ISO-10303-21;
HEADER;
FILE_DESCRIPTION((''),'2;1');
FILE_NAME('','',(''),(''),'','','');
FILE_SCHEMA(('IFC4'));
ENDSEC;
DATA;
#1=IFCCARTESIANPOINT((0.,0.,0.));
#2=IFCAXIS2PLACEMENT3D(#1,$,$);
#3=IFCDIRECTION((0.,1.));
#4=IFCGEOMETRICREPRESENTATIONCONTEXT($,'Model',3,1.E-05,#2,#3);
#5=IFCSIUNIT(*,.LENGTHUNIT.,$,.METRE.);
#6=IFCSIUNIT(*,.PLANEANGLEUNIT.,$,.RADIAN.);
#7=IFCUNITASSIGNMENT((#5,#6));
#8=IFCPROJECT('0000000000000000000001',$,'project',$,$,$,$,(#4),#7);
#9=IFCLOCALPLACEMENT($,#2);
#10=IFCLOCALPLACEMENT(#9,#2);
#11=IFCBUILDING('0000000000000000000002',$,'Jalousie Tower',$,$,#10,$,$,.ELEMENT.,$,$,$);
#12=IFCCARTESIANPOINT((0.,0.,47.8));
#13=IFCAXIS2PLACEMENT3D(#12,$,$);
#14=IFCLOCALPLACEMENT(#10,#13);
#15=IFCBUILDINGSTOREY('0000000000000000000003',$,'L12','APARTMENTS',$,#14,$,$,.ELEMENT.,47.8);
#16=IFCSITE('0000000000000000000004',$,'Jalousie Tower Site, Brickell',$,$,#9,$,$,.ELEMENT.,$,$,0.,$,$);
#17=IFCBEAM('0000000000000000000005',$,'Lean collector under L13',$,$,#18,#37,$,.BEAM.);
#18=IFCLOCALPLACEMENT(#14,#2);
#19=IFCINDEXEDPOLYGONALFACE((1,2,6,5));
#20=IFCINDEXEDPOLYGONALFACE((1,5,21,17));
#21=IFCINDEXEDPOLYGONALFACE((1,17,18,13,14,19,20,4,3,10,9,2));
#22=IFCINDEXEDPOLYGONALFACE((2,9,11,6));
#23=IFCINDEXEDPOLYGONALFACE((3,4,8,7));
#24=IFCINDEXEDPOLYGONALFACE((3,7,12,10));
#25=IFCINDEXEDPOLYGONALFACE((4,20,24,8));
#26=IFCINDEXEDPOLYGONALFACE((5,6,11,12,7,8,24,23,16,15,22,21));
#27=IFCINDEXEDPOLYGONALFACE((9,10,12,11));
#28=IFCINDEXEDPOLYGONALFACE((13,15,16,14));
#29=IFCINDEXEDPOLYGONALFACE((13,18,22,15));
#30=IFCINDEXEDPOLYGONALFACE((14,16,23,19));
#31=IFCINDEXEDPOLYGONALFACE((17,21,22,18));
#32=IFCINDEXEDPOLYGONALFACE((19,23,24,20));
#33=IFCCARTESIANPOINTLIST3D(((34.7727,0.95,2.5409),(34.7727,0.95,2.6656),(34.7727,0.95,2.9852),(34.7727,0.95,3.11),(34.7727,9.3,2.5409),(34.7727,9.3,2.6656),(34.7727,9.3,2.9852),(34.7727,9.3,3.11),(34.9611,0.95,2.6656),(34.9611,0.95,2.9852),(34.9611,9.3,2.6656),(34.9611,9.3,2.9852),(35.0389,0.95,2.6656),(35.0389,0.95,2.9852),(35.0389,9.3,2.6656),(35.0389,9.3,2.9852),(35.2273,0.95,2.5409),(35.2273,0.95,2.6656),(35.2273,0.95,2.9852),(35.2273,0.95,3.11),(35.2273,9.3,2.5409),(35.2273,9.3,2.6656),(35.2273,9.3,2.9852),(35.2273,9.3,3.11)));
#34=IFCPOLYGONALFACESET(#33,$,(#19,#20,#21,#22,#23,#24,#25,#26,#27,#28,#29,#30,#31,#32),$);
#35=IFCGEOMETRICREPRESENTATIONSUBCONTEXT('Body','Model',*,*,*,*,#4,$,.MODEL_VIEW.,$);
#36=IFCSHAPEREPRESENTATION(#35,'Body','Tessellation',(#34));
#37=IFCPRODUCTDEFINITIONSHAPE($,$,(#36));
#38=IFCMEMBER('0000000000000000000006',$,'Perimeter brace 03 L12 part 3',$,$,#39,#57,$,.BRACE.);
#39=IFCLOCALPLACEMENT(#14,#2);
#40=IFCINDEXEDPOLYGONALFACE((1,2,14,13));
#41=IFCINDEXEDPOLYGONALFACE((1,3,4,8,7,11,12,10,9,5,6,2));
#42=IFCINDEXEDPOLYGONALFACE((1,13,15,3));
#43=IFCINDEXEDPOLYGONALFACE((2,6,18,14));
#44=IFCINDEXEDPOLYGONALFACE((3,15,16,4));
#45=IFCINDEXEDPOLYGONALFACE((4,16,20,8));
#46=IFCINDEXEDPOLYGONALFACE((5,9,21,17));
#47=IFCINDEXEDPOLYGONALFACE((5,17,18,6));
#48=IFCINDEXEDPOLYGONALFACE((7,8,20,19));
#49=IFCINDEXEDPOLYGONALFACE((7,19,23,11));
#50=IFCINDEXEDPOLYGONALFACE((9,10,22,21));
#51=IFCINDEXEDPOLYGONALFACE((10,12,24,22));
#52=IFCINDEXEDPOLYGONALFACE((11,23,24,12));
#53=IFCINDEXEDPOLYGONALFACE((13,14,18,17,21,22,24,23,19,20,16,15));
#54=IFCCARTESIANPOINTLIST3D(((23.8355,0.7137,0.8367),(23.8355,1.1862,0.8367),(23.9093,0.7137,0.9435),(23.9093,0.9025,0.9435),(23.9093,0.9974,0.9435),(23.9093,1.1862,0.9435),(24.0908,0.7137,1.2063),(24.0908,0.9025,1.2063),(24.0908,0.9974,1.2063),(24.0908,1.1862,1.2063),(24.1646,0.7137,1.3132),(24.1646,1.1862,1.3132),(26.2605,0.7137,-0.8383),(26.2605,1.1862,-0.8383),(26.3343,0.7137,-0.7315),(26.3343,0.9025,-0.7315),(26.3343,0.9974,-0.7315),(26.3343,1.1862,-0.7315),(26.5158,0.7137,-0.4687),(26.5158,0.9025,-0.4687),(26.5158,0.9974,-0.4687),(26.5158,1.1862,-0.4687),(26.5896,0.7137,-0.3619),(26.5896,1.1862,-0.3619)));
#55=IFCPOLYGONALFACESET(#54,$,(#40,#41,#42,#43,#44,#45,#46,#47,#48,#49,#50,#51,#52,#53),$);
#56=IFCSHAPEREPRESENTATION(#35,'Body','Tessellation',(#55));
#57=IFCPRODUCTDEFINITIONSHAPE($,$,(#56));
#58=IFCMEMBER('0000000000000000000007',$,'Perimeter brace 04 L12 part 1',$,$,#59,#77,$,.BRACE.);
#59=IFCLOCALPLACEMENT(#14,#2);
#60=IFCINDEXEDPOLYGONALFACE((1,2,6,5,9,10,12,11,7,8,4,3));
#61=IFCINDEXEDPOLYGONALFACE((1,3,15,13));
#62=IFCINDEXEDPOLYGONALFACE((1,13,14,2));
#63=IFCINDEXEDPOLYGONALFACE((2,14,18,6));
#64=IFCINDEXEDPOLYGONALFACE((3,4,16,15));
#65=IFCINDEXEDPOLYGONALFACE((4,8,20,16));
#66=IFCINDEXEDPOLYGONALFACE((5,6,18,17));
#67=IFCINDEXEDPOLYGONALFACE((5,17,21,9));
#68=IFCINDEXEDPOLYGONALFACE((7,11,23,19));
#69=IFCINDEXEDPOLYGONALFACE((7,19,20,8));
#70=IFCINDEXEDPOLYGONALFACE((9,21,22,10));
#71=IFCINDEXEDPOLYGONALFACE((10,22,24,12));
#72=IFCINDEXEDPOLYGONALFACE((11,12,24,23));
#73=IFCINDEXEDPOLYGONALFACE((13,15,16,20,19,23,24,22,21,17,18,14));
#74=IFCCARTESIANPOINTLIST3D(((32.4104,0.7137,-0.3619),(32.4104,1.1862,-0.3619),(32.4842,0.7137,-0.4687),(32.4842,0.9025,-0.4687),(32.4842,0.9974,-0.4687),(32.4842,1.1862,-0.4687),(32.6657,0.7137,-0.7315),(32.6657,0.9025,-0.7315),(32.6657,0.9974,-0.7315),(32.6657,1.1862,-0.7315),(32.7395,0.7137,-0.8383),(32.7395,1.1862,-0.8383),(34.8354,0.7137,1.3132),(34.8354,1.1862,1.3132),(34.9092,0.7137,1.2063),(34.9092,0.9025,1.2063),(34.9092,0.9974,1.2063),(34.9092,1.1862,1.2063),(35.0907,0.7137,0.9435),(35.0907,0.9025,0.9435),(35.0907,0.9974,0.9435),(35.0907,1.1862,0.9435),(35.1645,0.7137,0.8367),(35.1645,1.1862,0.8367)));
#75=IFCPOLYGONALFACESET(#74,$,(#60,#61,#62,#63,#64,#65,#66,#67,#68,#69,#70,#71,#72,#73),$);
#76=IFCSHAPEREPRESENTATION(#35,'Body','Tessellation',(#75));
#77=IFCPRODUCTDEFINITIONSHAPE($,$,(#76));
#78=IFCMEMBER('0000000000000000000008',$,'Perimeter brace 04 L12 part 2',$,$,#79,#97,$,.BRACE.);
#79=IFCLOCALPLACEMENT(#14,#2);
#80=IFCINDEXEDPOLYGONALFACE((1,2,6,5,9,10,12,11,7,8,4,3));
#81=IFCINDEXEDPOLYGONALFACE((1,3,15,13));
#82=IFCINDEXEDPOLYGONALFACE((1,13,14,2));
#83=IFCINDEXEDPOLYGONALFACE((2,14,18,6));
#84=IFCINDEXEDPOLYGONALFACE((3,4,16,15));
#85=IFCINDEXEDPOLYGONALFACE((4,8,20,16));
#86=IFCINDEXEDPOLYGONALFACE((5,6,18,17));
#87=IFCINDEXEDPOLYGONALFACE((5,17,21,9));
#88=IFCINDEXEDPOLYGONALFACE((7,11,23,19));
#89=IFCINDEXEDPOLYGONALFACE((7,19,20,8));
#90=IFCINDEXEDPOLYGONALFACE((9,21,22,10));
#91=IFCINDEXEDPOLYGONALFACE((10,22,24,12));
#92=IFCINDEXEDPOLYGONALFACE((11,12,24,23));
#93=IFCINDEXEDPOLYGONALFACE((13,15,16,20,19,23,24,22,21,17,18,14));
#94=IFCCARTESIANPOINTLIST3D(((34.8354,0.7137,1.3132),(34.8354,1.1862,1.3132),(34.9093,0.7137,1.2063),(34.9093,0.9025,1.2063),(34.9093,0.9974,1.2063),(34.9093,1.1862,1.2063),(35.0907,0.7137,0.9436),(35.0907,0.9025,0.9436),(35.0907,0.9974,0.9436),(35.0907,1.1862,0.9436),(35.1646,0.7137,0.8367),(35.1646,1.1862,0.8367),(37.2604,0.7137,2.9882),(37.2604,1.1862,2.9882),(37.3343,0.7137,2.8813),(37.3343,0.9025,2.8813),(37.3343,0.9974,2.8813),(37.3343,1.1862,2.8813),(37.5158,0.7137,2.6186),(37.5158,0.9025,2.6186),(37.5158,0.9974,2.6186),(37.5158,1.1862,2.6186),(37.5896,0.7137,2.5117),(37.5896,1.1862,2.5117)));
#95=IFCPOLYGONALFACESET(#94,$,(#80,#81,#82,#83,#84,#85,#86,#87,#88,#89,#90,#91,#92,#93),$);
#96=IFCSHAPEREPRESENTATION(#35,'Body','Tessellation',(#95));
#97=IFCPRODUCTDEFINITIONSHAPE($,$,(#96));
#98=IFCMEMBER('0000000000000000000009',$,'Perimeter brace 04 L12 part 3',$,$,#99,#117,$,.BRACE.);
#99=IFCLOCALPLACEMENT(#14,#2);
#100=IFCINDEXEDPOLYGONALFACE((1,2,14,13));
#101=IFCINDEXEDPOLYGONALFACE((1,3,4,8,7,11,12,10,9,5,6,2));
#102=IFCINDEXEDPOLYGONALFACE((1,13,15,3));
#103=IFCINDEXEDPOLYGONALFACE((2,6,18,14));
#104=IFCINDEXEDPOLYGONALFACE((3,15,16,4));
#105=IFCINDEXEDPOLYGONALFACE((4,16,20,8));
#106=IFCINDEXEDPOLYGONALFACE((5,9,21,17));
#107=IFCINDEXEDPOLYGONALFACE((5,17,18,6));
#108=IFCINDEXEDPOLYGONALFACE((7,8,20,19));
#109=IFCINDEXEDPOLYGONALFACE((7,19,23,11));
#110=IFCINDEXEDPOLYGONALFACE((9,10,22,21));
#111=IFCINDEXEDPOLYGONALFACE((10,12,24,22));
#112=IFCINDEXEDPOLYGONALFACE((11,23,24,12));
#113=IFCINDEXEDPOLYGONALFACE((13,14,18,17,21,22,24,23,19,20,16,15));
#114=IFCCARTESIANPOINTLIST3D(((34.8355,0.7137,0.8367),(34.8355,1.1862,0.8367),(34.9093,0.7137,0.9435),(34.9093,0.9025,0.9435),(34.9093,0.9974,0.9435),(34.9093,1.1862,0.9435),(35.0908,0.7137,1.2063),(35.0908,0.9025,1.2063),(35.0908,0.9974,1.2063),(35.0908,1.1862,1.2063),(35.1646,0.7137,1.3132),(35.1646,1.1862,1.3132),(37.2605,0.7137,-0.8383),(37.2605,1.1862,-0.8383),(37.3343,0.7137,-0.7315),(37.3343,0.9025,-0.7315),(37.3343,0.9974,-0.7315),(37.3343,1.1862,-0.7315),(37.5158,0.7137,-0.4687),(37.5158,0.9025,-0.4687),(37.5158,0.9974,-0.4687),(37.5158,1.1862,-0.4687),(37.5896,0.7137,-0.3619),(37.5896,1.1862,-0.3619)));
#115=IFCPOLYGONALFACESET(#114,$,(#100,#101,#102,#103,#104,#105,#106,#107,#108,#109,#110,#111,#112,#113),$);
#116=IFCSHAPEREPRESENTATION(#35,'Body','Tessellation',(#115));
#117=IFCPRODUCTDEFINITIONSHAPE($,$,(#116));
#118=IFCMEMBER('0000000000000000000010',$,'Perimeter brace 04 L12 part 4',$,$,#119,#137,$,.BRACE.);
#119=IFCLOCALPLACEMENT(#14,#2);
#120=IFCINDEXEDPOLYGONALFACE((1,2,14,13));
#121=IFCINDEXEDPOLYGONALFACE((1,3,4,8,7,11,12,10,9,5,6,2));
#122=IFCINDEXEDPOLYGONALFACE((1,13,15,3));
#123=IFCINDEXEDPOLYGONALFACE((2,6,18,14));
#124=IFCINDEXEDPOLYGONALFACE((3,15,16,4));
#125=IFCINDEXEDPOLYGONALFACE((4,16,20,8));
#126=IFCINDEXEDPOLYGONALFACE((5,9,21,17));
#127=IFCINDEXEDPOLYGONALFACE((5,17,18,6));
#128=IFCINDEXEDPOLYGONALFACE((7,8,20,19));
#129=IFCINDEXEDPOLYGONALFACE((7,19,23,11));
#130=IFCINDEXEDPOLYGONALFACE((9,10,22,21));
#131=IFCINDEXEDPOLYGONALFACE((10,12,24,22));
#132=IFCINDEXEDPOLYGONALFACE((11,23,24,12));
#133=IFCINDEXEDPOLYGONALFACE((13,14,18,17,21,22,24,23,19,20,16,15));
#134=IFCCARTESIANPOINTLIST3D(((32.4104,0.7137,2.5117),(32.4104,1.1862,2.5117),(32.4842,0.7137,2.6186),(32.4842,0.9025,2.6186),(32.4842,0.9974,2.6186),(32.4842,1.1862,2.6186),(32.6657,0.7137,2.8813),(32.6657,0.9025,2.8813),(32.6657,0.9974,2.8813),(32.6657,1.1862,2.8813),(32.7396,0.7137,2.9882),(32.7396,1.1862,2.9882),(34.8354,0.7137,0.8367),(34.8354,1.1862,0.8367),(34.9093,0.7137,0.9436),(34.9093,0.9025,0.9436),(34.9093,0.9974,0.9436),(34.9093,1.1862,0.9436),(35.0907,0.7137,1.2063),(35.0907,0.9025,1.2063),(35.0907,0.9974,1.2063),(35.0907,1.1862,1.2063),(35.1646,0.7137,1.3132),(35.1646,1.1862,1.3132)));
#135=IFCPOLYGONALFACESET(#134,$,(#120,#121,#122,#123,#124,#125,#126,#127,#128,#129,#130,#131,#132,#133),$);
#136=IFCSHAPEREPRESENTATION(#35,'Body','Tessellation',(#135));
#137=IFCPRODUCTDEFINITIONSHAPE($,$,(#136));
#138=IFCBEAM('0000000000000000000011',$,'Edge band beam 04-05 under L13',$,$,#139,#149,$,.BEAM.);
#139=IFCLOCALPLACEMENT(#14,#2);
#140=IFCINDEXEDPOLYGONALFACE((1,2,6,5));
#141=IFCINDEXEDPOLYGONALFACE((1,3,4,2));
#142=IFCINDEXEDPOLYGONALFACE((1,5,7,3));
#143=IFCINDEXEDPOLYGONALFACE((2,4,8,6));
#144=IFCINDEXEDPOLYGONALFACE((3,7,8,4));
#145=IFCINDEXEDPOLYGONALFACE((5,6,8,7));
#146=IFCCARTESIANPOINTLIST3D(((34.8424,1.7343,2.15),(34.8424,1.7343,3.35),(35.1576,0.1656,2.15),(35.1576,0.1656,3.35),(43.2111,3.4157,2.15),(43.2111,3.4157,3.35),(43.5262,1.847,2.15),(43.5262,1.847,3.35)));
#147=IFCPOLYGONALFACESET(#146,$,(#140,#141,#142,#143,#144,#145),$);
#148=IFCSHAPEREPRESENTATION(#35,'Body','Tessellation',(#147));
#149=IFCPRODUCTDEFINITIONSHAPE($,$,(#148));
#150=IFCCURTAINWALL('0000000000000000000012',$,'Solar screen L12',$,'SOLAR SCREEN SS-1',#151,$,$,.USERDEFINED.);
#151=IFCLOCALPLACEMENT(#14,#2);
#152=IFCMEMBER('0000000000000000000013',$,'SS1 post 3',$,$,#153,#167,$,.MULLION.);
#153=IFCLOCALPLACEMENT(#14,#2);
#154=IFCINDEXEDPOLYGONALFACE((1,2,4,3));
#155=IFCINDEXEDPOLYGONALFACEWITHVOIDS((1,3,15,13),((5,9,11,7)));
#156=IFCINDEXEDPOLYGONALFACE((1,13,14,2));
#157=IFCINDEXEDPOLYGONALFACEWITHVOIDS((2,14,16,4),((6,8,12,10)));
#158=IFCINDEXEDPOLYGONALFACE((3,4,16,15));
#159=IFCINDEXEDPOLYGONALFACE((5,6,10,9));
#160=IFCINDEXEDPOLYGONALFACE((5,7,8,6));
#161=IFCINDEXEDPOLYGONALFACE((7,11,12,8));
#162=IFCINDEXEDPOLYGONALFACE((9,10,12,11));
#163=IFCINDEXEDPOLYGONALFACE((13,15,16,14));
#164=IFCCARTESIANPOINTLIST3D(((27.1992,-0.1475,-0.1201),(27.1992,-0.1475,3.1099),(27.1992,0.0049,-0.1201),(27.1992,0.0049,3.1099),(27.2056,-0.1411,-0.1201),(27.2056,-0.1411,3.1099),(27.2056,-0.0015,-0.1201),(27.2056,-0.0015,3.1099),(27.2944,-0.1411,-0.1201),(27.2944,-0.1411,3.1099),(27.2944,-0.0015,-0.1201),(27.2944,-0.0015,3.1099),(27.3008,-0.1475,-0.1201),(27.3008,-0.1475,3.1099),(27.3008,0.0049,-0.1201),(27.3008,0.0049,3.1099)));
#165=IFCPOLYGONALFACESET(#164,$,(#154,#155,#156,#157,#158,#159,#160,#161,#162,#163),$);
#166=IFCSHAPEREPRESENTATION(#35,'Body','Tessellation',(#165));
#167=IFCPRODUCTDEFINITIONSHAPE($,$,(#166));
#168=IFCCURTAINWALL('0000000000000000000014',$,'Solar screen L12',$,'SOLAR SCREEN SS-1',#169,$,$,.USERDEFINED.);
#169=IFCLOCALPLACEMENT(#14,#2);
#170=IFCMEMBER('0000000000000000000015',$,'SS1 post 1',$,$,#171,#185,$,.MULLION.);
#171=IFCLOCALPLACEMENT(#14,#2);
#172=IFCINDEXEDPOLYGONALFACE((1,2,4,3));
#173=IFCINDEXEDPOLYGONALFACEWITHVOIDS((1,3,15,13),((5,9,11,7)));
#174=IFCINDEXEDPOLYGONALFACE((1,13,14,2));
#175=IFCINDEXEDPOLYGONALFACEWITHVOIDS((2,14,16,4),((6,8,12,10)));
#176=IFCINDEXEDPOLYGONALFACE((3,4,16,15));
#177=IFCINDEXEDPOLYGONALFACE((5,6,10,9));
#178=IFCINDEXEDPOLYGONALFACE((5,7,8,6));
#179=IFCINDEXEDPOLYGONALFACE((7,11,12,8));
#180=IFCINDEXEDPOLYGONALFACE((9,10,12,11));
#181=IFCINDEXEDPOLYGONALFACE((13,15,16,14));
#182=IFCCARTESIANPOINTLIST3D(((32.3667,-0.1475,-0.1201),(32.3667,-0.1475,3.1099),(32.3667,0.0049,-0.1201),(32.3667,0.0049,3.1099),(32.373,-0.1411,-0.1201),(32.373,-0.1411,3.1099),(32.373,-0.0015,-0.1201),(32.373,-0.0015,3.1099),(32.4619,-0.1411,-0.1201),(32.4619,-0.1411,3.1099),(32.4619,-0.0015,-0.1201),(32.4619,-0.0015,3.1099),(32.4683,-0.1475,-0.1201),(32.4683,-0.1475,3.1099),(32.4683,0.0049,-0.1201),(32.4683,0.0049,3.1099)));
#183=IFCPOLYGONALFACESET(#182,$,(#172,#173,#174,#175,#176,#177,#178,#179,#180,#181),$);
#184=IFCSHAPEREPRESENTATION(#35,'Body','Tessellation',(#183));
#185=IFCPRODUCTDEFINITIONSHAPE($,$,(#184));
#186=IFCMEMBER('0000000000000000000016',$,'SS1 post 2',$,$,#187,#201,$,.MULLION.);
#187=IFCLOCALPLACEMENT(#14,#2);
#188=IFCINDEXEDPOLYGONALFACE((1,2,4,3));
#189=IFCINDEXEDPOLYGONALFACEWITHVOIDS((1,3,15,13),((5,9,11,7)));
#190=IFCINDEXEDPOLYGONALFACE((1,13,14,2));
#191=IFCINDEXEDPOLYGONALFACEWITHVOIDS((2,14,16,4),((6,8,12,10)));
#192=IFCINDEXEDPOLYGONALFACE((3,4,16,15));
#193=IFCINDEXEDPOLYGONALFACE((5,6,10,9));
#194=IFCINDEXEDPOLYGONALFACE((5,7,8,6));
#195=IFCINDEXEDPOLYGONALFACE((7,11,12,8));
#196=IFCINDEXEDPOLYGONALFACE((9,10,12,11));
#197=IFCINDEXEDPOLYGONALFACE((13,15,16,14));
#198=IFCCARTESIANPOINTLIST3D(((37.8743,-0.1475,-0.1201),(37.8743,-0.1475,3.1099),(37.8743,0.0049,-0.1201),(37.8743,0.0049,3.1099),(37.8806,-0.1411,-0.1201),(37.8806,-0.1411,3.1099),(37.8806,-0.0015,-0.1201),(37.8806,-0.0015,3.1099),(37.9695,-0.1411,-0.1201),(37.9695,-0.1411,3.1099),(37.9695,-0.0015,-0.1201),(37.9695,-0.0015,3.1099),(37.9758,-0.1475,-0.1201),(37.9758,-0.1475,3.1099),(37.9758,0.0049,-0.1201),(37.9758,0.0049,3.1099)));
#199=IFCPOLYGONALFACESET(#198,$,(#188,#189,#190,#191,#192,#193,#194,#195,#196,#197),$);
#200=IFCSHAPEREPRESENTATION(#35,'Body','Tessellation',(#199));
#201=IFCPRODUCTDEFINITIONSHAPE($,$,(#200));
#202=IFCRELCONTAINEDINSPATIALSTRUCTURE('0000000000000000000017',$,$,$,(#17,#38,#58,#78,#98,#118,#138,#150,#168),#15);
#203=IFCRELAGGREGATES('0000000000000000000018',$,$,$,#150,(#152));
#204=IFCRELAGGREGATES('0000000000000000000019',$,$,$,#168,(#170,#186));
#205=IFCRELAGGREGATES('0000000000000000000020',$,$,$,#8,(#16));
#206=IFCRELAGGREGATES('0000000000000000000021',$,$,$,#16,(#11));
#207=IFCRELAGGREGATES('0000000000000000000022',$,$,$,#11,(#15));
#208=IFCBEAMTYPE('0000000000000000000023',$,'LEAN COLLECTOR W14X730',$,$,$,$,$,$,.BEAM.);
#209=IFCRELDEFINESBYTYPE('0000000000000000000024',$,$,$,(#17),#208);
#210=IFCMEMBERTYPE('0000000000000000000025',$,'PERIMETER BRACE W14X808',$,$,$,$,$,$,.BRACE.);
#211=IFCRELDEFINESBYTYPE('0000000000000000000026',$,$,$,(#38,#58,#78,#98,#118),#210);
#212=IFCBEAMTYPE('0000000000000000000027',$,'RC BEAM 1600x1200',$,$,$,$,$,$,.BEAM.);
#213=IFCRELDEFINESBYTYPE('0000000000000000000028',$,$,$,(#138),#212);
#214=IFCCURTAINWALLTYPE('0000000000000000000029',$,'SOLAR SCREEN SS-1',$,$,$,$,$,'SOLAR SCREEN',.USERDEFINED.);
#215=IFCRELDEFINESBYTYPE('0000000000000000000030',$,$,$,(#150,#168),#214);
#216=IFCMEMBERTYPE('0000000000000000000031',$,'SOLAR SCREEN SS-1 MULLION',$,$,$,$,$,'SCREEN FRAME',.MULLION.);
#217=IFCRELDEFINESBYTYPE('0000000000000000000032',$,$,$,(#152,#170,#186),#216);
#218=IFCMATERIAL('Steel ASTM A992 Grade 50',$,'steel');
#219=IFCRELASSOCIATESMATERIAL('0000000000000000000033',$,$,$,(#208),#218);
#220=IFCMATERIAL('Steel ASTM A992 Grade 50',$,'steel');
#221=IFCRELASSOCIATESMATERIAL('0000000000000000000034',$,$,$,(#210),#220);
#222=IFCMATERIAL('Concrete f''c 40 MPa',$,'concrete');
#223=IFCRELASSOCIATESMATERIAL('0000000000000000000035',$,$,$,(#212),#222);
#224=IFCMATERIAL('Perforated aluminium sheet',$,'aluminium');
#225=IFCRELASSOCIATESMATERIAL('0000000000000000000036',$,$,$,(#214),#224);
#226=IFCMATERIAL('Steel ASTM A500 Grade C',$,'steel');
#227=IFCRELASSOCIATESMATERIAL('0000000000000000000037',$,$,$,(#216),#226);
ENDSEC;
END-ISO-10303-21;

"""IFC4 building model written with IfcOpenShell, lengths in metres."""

from ifc_helpers import new_model, si_unit, direction, frame, origin, origin_2d, place, context, subcontext, project, spatial, rectangle, hollow_rectangle, i_section, extrude, material, material_profile, profile_set, type_object, element, aggregate, save


model = new_model("IFC4")

# Units and contexts
model_context = context("Model", 3, precision=1e-05, world=origin(), true_north=direction((0.0, 1.0)))
body_context = subcontext(model_context, "Body", "Model", "MODEL_VIEW")
ifc_project = project(units=[si_unit("LENGTHUNIT", "METRE"), si_unit("PLANEANGLEUNIT", "RADIAN")], contexts=[model_context])

# Site, building, storey
site_placement = place(None, origin())
site = spatial("IfcSite", under=ifc_project, at=site_placement, Name="Jalousie Tower Site, Brickell", CompositionType="ELEMENT", RefElevation=0.0)
building_placement = place(site_placement, origin())
building = spatial("IfcBuilding", under=site, at=building_placement, Name="Jalousie Tower", CompositionType="ELEMENT")
storey_placement = place(building_placement, frame((0.0, 0.0, 47.8)))
storey = spatial("IfcBuildingStorey", under=building, at=storey_placement, Name="L12", Description="APARTMENTS", CompositionType="ELEMENT", Elevation=47.8)

# Beam
ifc_material_1 = material(Name="Steel ASTM A992 Grade 50", Category="steel")
ifc_material_profile_1 = material_profile(ifc_material_1, i_section(OverallWidth=0.4546, OverallDepth=0.5691, WebThickness=0.0779, FlangeThickness=0.1248, at=origin_2d()), Name="W14X730")
ifc_profile_set_1 = profile_set([ifc_material_profile_1], Name="Steel ASTM A992 Grade 50")
beam_type_1 = type_object("IfcBeamType", Name="LEAN COLLECTOR W14X730", PredefinedType="BEAM", material=ifc_profile_set_1)
beam_1_placement = place(storey_placement, frame((35.0, 0.95, 2.8254), z_axis=(0.0, 1.0, 0.0), x_axis=(-1.0, 0.0, 0.0)))
element("IfcBeam", 1, at=beam_1_placement, inside=storey, type_object=beam_type_1, Name="Lean collector under L13", PredefinedType="BEAM", context=body_context, shape_type="SweptSolid", body=[
    extrude(i_section(OverallWidth=0.4546, OverallDepth=0.5691, WebThickness=0.0779, FlangeThickness=0.1248, at=origin_2d()), origin(), (0.0, 0.0, 1.0), 8.3501),
])

# Members
ifc_material_2 = material(Name="Steel ASTM A992 Grade 50", Category="steel")
ifc_material_profile_2 = material_profile(ifc_material_2, i_section(OverallWidth=0.4724, OverallDepth=0.5791, WebThickness=0.095, FlangeThickness=0.1299, at=origin_2d()), Name="W14X808")
ifc_profile_set_2 = profile_set([ifc_material_profile_2], Name="Steel ASTM A992 Grade 50")
member_type_1 = type_object("IfcMemberType", Name="PERIMETER BRACE W14X808", PredefinedType="BRACE", material=ifc_profile_set_2)
for number, where, z_axis, x_axis, name in (
    (2, (26.425, 0.95, -0.6001), (-0.8228, 0.0, 0.568331), (0.0, -1.0, 0.0), "Perimeter brace 03 L12 part 3"),
    (3, (32.575, 0.95, -0.6001), (0.8228, 0.0, 0.568331), (0.0, 1.0, 0.0), "Perimeter brace 04 L12 part 1"),
    (4, (35.0, 0.95, 1.075), (0.8228, 0.0, 0.568331), (0.0, 1.0, 0.0), "Perimeter brace 04 L12 part 2"),
    (5, (37.425, 0.95, -0.6001), (-0.8228, 0.0, 0.568331), (0.0, -1.0, 0.0), "Perimeter brace 04 L12 part 3"),
    (6, (35.0, 0.95, 1.075), (-0.8228, 0.0, 0.568331), (0.0, -1.0, 0.0), "Perimeter brace 04 L12 part 4"),
):
    element("IfcMember", number, at=place(storey_placement, frame(where, z_axis=z_axis, x_axis=x_axis)), inside=storey, type_object=member_type_1, Name=name, PredefinedType="BRACE", context=body_context, shape_type="SweptSolid", body=[
        extrude(i_section(OverallWidth=0.4724, OverallDepth=0.5791, WebThickness=0.095, FlangeThickness=0.1299, at=origin_2d()), origin(), (0.0, 0.0, 1.0), 2.9473),
    ])

# Beam
ifc_material_3 = material(Name="Concrete f'c 40 MPa", Category="concrete")
ifc_material_profile_3 = material_profile(ifc_material_3, rectangle(XDim=1.6001, YDim=1.2, at=origin_2d()), Name="RC 1600x1200")
ifc_profile_set_3 = profile_set([ifc_material_profile_3], Name="Concrete f'c 40 MPa")
beam_type_2 = type_object("IfcBeamType", Name="RC BEAM 1600x1200", PredefinedType="BEAM", material=ifc_profile_set_3)
beam_2_placement = place(storey_placement, frame((35.0, 0.95, 2.75), z_axis=(0.980408, 0.19698, 0.0), x_axis=(-0.19698, 0.980408, 0.0)))
element("IfcBeam", 7, at=beam_2_placement, inside=storey, type_object=beam_type_2, Name="Edge band beam 04-05 under L13", PredefinedType="BEAM", context=body_context, shape_type="SweptSolid", body=[
    extrude(rectangle(XDim=1.6001, YDim=1.2, at=origin_2d()), origin(), (0.0, 0.0, 1.0), 8.5359),
])

# Curtain wall, member
ifc_material_4 = material(Name="Perforated aluminium sheet", Category="aluminium")
curtain_wall_type = type_object("IfcCurtainWallType", Name="SOLAR SCREEN SS-1", ElementType="SOLAR SCREEN", PredefinedType="USERDEFINED", material=ifc_material_4)
curtain_wall_1_placement = place(storey_placement, origin())
curtain_wall_1 = element("IfcCurtainWall", 8, at=curtain_wall_1_placement, inside=storey, type_object=curtain_wall_type, Name="Solar screen L12", ObjectType="SOLAR SCREEN SS-1", PredefinedType="USERDEFINED")
ifc_material_5 = material(Name="Steel ASTM A500 Grade C", Category="steel")
ifc_material_profile_4 = material_profile(ifc_material_5, hollow_rectangle(XDim=0.1016, YDim=0.1523, WallThickness=0.0063, at=origin_2d()), Name="HSS6X4X1/4")
ifc_profile_set_4 = profile_set([ifc_material_profile_4], Name="Steel ASTM A500 Grade C")
member_type_2 = type_object("IfcMemberType", Name="SOLAR SCREEN SS-1 MULLION", ElementType="SCREEN FRAME", PredefinedType="MULLION", material=ifc_profile_set_4)
member_1_placement = place(storey_placement, frame((27.25, -0.0713, -0.1201), z_axis=(0.0, 0.0, 1.0), x_axis=(1.0, 0.0, 0.0)))
member_1 = element("IfcMember", 9, at=member_1_placement, type_object=member_type_2, Name="SS1 post 3", PredefinedType="MULLION", context=body_context, shape_type="SweptSolid", body=[
    extrude(hollow_rectangle(XDim=0.1016, YDim=0.1523, WallThickness=0.0063, at=origin_2d()), origin(), (0.0, 0.0, 1.0), 3.23),
])
aggregate(curtain_wall_1, [member_1])

# Curtain wall, members
curtain_wall_2_placement = place(storey_placement, origin())
curtain_wall_2 = element("IfcCurtainWall", 10, at=curtain_wall_2_placement, inside=storey, type_object=curtain_wall_type, Name="Solar screen L12", ObjectType="SOLAR SCREEN SS-1", PredefinedType="USERDEFINED")
member_2_placement = place(storey_placement, frame((32.4175, -0.0713, -0.1201), z_axis=(0.0, 0.0, 1.0), x_axis=(1.0, 0.0, 0.0)))
member_2 = element("IfcMember", 11, at=member_2_placement, type_object=member_type_2, Name="SS1 post 1", PredefinedType="MULLION", context=body_context, shape_type="SweptSolid", body=[
    extrude(hollow_rectangle(XDim=0.1016, YDim=0.1523, WallThickness=0.0063, at=origin_2d()), origin(), (0.0, 0.0, 1.0), 3.23),
])
member_3_placement = place(storey_placement, frame((37.925, -0.0713, -0.1201), z_axis=(0.0, 0.0, 1.0), x_axis=(1.0, 0.0, 0.0)))
member_3 = element("IfcMember", 12, at=member_3_placement, type_object=member_type_2, Name="SS1 post 2", PredefinedType="MULLION", context=body_context, shape_type="SweptSolid", body=[
    extrude(hollow_rectangle(XDim=0.1016, YDim=0.1523, WallThickness=0.0063, at=origin_2d()), origin(), (0.0, 0.0, 1.0), 3.23),
])
aggregate(curtain_wall_2, [member_2, member_3])

save(model, "model.ifc")
